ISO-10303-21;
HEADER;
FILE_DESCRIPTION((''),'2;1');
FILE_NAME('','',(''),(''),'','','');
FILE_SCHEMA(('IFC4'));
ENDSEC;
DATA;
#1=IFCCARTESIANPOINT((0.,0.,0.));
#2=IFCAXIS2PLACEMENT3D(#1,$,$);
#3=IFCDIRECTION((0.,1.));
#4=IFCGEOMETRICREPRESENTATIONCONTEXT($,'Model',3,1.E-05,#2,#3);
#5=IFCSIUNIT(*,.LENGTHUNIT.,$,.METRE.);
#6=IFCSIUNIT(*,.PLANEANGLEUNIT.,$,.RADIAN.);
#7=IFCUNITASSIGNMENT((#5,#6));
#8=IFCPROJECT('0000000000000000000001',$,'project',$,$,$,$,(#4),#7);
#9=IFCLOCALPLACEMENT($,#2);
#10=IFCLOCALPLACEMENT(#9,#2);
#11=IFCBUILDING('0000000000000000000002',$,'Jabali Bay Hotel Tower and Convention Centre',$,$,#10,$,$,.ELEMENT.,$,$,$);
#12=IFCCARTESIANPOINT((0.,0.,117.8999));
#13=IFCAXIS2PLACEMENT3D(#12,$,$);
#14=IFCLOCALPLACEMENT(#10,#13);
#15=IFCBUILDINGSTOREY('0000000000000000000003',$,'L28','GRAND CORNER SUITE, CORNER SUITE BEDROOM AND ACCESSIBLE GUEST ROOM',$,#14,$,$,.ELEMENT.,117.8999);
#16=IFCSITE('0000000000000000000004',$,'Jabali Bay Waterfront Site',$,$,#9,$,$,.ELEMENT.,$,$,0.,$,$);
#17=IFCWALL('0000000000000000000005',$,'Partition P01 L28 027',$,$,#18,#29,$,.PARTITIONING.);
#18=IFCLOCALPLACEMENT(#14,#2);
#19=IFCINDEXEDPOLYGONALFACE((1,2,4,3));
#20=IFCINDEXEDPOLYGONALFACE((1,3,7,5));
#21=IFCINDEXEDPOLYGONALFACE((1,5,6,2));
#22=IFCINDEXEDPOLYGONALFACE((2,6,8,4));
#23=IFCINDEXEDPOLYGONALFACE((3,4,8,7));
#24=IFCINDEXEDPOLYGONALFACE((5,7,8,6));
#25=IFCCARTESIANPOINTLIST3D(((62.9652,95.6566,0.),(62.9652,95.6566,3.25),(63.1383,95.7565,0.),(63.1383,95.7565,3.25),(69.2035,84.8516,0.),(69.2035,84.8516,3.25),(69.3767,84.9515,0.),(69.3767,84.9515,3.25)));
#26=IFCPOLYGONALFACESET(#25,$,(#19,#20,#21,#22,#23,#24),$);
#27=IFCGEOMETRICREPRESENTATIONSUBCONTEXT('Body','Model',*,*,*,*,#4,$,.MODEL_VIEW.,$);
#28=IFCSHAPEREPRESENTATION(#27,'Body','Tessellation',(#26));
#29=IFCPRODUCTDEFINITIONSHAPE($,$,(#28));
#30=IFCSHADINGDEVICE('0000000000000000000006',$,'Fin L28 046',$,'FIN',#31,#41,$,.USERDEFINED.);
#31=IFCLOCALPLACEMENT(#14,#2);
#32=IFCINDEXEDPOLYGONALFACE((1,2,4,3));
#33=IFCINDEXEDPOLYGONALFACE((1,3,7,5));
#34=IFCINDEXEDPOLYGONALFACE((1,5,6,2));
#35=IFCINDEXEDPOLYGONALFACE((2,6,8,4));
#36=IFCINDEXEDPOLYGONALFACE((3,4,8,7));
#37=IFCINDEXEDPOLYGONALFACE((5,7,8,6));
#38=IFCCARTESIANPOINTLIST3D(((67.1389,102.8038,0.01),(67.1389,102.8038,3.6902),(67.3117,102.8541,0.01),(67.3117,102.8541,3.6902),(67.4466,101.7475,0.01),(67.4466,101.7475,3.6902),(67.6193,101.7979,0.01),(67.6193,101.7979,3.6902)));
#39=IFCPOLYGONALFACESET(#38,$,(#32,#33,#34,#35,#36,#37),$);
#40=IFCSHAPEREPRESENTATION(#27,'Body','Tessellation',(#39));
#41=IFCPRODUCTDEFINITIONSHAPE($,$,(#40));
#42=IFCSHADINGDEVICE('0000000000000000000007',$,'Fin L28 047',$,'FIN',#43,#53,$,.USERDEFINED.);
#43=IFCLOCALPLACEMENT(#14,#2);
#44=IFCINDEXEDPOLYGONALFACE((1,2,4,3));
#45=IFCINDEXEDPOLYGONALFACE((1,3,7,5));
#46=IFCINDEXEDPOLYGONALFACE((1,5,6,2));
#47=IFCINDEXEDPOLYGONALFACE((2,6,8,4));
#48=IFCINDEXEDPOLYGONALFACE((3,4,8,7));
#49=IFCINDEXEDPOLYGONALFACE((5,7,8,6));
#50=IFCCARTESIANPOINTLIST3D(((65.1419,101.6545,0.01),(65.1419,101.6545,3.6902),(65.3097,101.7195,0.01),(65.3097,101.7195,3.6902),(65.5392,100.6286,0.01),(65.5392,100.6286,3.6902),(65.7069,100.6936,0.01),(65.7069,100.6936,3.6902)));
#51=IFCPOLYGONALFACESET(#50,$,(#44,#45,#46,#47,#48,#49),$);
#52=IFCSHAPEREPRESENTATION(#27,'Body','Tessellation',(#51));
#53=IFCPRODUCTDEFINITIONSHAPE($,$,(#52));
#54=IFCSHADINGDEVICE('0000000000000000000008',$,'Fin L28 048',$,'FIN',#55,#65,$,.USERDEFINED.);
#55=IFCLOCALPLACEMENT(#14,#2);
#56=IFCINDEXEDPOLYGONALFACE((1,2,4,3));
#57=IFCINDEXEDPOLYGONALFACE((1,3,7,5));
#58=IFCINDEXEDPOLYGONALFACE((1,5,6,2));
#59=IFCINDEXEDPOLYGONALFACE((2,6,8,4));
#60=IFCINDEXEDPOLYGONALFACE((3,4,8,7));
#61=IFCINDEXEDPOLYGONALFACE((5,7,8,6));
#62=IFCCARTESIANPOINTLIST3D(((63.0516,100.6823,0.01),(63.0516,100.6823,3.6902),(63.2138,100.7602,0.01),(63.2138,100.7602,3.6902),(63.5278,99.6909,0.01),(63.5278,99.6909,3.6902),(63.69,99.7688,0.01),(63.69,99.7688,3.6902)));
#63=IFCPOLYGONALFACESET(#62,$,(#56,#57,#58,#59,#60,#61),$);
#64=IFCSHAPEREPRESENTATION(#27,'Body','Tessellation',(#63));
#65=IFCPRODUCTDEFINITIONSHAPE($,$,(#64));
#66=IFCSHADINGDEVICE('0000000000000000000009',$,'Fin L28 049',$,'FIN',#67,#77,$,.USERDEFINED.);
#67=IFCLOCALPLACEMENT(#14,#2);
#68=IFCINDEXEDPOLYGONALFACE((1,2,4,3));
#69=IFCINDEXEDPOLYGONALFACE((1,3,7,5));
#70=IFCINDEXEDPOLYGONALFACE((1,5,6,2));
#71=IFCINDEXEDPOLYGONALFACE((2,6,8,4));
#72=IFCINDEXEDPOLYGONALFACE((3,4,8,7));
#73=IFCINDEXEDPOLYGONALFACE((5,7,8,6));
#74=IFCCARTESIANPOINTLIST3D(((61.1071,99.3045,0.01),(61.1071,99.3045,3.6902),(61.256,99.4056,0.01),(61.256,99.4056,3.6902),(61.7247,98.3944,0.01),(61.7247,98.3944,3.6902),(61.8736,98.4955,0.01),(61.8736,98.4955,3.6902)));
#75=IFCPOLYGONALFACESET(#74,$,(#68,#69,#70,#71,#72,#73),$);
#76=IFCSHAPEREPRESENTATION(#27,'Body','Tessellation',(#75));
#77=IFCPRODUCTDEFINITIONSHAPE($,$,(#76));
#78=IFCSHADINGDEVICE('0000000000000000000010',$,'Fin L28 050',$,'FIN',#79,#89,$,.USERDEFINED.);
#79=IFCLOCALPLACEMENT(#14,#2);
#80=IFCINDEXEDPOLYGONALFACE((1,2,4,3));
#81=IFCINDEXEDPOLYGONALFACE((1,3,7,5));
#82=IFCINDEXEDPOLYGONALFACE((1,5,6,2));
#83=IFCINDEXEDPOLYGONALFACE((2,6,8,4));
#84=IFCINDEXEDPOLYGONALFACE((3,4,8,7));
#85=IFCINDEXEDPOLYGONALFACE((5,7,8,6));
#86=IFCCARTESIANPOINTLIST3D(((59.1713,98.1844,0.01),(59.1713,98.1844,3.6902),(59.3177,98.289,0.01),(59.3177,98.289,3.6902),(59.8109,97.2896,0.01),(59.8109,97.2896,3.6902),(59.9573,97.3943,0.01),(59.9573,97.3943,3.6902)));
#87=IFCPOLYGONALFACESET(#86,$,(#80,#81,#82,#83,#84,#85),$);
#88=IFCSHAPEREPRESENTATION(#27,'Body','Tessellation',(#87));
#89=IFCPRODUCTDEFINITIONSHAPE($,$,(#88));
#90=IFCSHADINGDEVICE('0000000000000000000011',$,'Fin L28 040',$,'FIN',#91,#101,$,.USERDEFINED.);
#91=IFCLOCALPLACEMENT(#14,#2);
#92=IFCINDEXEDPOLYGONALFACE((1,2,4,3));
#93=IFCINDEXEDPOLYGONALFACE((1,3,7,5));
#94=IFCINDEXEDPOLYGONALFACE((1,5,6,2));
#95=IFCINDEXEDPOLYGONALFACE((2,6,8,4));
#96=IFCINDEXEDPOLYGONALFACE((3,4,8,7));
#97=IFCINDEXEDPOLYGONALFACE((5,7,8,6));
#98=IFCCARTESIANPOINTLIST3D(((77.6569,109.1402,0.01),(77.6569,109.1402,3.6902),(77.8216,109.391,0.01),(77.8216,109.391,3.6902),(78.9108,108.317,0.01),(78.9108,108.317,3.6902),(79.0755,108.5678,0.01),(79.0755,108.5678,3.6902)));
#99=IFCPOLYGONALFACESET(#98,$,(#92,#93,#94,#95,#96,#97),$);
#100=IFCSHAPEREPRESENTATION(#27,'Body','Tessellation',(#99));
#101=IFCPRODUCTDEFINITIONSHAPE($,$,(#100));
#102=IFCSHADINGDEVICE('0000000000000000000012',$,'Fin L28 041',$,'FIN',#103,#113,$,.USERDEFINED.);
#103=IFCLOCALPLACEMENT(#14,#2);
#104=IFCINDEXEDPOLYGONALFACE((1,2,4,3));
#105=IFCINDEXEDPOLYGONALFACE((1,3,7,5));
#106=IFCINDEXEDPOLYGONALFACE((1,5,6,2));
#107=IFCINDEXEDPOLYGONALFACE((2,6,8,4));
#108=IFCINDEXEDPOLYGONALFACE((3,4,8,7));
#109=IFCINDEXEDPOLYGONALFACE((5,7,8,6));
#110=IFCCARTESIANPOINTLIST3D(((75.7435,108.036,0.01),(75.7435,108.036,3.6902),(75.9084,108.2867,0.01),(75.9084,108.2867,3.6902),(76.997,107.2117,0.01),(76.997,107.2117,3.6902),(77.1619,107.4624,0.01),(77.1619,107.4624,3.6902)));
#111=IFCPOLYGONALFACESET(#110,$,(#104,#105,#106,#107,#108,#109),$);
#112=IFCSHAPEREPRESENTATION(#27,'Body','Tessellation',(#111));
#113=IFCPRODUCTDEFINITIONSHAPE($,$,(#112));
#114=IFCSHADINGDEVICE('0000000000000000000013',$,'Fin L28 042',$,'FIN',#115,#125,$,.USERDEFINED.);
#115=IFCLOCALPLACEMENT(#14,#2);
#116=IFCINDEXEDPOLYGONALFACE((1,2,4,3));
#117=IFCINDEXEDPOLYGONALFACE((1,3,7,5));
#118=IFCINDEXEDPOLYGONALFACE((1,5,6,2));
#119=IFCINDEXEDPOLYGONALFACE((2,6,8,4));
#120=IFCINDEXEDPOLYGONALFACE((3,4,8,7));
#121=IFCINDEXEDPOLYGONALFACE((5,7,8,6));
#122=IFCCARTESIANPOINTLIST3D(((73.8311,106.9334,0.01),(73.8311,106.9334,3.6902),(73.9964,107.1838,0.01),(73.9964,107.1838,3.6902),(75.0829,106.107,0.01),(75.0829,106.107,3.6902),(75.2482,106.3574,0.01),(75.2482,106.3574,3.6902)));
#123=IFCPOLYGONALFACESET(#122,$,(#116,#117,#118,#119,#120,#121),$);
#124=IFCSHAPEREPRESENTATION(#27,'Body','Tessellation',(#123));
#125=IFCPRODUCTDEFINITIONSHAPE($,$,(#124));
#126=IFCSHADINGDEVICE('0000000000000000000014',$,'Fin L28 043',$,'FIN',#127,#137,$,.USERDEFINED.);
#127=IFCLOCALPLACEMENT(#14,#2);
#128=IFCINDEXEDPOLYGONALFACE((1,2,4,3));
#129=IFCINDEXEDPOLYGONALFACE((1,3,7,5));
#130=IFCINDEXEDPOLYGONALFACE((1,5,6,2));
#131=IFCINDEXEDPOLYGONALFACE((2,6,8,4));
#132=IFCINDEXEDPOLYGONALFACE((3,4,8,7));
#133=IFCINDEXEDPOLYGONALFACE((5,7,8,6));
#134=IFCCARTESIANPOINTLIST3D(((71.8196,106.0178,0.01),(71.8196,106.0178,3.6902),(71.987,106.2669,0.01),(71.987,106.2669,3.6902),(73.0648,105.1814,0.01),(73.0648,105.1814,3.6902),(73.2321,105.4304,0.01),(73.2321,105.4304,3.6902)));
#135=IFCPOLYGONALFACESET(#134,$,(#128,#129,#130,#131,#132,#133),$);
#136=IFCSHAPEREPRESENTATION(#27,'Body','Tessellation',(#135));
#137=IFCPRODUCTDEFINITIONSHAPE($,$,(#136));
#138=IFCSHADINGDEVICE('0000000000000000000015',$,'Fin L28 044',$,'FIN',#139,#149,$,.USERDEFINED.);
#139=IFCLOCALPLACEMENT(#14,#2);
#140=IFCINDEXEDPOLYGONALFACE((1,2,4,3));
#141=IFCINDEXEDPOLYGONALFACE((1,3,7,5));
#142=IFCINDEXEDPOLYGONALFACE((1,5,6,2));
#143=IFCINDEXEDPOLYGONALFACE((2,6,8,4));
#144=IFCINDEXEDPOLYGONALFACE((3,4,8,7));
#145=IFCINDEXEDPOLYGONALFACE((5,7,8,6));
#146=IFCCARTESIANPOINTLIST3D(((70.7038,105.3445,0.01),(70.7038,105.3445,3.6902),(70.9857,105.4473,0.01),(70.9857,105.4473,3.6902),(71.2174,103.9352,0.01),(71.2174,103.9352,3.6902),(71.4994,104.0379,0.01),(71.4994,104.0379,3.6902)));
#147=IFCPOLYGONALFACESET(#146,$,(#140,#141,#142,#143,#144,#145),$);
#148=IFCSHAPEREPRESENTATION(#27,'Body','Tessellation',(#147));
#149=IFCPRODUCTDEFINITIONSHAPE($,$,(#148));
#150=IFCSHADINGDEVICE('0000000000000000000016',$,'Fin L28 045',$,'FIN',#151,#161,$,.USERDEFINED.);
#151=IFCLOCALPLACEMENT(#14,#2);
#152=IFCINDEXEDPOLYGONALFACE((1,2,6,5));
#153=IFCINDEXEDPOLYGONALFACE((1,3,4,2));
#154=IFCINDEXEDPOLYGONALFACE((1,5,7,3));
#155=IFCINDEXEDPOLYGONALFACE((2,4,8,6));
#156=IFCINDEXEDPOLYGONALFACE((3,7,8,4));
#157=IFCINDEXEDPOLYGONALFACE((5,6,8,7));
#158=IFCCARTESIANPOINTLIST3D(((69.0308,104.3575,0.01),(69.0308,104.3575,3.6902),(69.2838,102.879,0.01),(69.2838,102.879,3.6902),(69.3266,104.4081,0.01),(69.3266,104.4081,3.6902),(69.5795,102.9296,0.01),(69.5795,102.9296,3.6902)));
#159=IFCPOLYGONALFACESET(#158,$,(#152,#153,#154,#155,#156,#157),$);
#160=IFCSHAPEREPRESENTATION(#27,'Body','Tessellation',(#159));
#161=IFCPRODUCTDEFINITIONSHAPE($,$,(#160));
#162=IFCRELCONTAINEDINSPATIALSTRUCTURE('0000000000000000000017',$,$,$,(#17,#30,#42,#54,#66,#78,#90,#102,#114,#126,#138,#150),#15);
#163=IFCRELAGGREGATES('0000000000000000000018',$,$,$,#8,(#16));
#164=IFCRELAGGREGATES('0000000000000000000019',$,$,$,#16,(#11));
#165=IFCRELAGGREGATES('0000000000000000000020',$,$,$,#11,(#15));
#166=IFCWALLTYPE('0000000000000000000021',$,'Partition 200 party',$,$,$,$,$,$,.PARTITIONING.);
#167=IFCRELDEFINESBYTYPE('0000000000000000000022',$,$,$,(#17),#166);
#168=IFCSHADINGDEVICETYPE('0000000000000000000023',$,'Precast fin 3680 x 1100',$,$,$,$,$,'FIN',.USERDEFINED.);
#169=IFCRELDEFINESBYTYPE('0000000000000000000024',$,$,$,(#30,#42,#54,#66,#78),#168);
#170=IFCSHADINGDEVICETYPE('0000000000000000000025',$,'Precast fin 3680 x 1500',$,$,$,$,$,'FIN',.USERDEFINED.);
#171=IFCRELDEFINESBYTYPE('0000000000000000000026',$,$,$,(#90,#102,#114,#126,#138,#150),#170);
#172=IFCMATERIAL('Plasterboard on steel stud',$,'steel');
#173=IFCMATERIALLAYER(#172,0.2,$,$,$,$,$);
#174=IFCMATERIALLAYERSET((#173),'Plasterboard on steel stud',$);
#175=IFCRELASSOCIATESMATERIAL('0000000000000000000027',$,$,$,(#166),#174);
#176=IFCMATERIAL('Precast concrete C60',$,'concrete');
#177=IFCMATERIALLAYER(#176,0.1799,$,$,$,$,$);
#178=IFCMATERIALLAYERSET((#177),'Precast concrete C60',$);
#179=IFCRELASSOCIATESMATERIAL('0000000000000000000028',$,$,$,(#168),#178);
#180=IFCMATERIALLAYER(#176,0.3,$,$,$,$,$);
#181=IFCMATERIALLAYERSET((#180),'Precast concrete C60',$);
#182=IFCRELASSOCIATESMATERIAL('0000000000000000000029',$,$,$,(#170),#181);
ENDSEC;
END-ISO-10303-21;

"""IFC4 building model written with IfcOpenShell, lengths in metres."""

from ifc_helpers import new_model, si_unit, direction, frame, frame_2d, origin, place, context, subcontext, project, spatial, rectangle, extrude, material, layer, layer_set, type_object, element, save


model = new_model("IFC4")

# Units and contexts
model_context = context("Model", 3, precision=1e-05, world=origin(), true_north=direction((0.0, 1.0)))
body_context = subcontext(model_context, "Body", "Model", "MODEL_VIEW")
ifc_project = project(units=[si_unit("LENGTHUNIT", "METRE"), si_unit("PLANEANGLEUNIT", "RADIAN")], contexts=[model_context])

# Site, building, storey
site_placement = place(None, origin())
site = spatial("IfcSite", under=ifc_project, at=site_placement, Name="Jabali Bay Waterfront Site", CompositionType="ELEMENT", RefElevation=0.0)
building_placement = place(site_placement, origin())
building = spatial("IfcBuilding", under=site, at=building_placement, Name="Jabali Bay Hotel Tower and Convention Centre", CompositionType="ELEMENT")
storey_placement = place(building_placement, frame((0.0, 0.0, 117.8999)))
storey = spatial("IfcBuildingStorey", under=building, at=storey_placement, Name="L28", Description="GRAND CORNER SUITE, CORNER SUITE BEDROOM AND ACCESSIBLE GUEST ROOM", CompositionType="ELEMENT", Elevation=117.8999)

# Wall
ifc_material_1 = material(Name="Plasterboard on steel stud", Category="steel")
ifc_layer_1 = layer(ifc_material_1, 0.2)
ifc_layer_set_1 = layer_set([ifc_layer_1], Name="Plasterboard on steel stud")
wall_type_1 = type_object("IfcWallType", Name="Partition 200 party", PredefinedType="PARTITIONING", material=ifc_layer_set_1)
wall_1_placement = place(storey_placement, frame((63.0518, 95.7065, 0.0), z_axis=(0.0, 0.0, 1.0), x_axis=(0.500003, -0.866024, 0.0)))
element("IfcWall", 1, at=wall_1_placement, inside=storey, type_object=wall_type_1, Name="Partition P01 L28 027", PredefinedType="PARTITIONING", context=body_context, shape_type="SweptSolid", body=[
    extrude(rectangle(XDim=12.4766, YDim=0.2, at=frame_2d((6.2383, 0.0))), origin(), (0.0, 0.0, 1.0), 3.25),
])

# Shading devices
ifc_material_2 = material(Name="Precast concrete C60", Category="concrete")
ifc_layer_2 = layer(ifc_material_2, 0.1799)
ifc_layer_set_2 = layer_set([ifc_layer_2], Name="Precast concrete C60")
shading_device_type_1 = type_object("IfcShadingDeviceType", Name="Precast fin 3680 x 1100", ElementType="FIN", PredefinedType="USERDEFINED", material=ifc_layer_set_2)
for number, where, z_axis, x_axis, name in (
    (2, (67.533, 101.7727, 0.01), (0.0, 0.0, 1.0), (-0.279642, 0.960104, 0.0), "Fin L28 046"),
    (3, (65.623, 100.6611, 0.01), (0.0, 0.0, 1.0), (-0.361075, 0.932537, 0.0), "Fin L28 047"),
):
    element("IfcShadingDevice", number, at=place(storey_placement, frame(where, z_axis=z_axis, x_axis=x_axis)), inside=storey, type_object=shading_device_type_1, Name=name, ObjectType="FIN", PredefinedType="USERDEFINED", context=body_context, shape_type="SweptSolid", body=[
        extrude(rectangle(XDim=1.1001, YDim=0.1799, at=frame_2d((0.55, 0.0))), origin(), (0.0, 0.0, 1.0), 3.6802),
    ])
for number, where, z_axis, x_axis, name in (
    (4, (63.6089, 99.73, 0.01), (0.0, 0.0, 1.0), (-0.433041, 0.901374, 0.0), "Fin L28 048"),
    (5, (61.7991, 98.4451, 0.01), (0.0, 0.0, 1.0), (-0.561545, 0.827446, 0.0), "Fin L28 049"),
    (6, (59.884, 97.342, 0.01), (0.0, 0.0, 1.0), (-0.581553, 0.813508, 0.0), "Fin L28 050"),
):
    element("IfcShadingDevice", number, at=place(storey_placement, frame(where, z_axis=z_axis, x_axis=x_axis)), inside=storey, type_object=shading_device_type_1, Name=name, ObjectType="FIN", PredefinedType="USERDEFINED", context=body_context, shape_type="SweptSolid", body=[
        extrude(rectangle(XDim=1.0999, YDim=0.1799, at=frame_2d((0.5498, 0.0))), origin(), (0.0, 0.0, 1.0), 3.6802),
    ])
ifc_layer_3 = layer(ifc_material_2, 0.3)
ifc_layer_set_3 = layer_set([ifc_layer_3], Name="Precast concrete C60")
shading_device_type_2 = type_object("IfcShadingDeviceType", Name="Precast fin 3680 x 1500", ElementType="FIN", PredefinedType="USERDEFINED", material=ifc_layer_set_3)
shading_device_1_placement = place(storey_placement, frame((78.9932, 108.4424, 0.01), z_axis=(0.0, 0.0, 1.0), x_axis=(-0.835936, 0.548827, 0.0)))
element("IfcShadingDevice", 7, at=shading_device_1_placement, inside=storey, type_object=shading_device_type_2, Name="Fin L28 040", ObjectType="FIN", PredefinedType="USERDEFINED", context=body_context, shape_type="SweptSolid", body=[
    extrude(rectangle(XDim=1.5, YDim=0.3, at=frame_2d((0.75, 0.0))), origin(), (0.0, 0.0, 1.0), 3.6802),
])
shading_device_2_placement = place(storey_placement, frame((77.0793, 107.3372, 0.01), z_axis=(0.0, 0.0, 1.0), x_axis=(-0.835539, 0.549431, 0.0)))
element("IfcShadingDevice", 8, at=shading_device_2_placement, inside=storey, type_object=shading_device_type_2, Name="Fin L28 041", ObjectType="FIN", PredefinedType="USERDEFINED", context=body_context, shape_type="SweptSolid", body=[
    extrude(rectangle(XDim=1.5002, YDim=0.3, at=frame_2d((0.75, 0.0))), origin(), (0.0, 0.0, 1.0), 3.6802),
])
for number, where, z_axis, x_axis, name in (
    (9, (75.1655, 106.2322, 0.01), (0.0, 0.0, 1.0), (-0.834521, 0.550976, 0.0), "Fin L28 042"),
    (10, (73.1484, 105.3059, 0.01), (0.0, 0.0, 1.0), (-0.830092, 0.557626, 0.0), "Fin L28 043"),
    (11, (71.3584, 103.9866, 0.01), (0.0, 0.0, 1.0), (-0.342422, 0.939546, 0.0), "Fin L28 044"),
    (12, (69.4316, 102.9043, 0.01), (0.0, 0.0, 1.0), (-0.16862, 0.985681, 0.0), "Fin L28 045"),
):
    element("IfcShadingDevice", number, at=place(storey_placement, frame(where, z_axis=z_axis, x_axis=x_axis)), inside=storey, type_object=shading_device_type_2, Name=name, ObjectType="FIN", PredefinedType="USERDEFINED", context=body_context, shape_type="SweptSolid", body=[
        extrude(rectangle(XDim=1.5, YDim=0.3, at=frame_2d((0.75, 0.0))), origin(), (0.0, 0.0, 1.0), 3.6802),
    ])

save(model, "model.ifc")
